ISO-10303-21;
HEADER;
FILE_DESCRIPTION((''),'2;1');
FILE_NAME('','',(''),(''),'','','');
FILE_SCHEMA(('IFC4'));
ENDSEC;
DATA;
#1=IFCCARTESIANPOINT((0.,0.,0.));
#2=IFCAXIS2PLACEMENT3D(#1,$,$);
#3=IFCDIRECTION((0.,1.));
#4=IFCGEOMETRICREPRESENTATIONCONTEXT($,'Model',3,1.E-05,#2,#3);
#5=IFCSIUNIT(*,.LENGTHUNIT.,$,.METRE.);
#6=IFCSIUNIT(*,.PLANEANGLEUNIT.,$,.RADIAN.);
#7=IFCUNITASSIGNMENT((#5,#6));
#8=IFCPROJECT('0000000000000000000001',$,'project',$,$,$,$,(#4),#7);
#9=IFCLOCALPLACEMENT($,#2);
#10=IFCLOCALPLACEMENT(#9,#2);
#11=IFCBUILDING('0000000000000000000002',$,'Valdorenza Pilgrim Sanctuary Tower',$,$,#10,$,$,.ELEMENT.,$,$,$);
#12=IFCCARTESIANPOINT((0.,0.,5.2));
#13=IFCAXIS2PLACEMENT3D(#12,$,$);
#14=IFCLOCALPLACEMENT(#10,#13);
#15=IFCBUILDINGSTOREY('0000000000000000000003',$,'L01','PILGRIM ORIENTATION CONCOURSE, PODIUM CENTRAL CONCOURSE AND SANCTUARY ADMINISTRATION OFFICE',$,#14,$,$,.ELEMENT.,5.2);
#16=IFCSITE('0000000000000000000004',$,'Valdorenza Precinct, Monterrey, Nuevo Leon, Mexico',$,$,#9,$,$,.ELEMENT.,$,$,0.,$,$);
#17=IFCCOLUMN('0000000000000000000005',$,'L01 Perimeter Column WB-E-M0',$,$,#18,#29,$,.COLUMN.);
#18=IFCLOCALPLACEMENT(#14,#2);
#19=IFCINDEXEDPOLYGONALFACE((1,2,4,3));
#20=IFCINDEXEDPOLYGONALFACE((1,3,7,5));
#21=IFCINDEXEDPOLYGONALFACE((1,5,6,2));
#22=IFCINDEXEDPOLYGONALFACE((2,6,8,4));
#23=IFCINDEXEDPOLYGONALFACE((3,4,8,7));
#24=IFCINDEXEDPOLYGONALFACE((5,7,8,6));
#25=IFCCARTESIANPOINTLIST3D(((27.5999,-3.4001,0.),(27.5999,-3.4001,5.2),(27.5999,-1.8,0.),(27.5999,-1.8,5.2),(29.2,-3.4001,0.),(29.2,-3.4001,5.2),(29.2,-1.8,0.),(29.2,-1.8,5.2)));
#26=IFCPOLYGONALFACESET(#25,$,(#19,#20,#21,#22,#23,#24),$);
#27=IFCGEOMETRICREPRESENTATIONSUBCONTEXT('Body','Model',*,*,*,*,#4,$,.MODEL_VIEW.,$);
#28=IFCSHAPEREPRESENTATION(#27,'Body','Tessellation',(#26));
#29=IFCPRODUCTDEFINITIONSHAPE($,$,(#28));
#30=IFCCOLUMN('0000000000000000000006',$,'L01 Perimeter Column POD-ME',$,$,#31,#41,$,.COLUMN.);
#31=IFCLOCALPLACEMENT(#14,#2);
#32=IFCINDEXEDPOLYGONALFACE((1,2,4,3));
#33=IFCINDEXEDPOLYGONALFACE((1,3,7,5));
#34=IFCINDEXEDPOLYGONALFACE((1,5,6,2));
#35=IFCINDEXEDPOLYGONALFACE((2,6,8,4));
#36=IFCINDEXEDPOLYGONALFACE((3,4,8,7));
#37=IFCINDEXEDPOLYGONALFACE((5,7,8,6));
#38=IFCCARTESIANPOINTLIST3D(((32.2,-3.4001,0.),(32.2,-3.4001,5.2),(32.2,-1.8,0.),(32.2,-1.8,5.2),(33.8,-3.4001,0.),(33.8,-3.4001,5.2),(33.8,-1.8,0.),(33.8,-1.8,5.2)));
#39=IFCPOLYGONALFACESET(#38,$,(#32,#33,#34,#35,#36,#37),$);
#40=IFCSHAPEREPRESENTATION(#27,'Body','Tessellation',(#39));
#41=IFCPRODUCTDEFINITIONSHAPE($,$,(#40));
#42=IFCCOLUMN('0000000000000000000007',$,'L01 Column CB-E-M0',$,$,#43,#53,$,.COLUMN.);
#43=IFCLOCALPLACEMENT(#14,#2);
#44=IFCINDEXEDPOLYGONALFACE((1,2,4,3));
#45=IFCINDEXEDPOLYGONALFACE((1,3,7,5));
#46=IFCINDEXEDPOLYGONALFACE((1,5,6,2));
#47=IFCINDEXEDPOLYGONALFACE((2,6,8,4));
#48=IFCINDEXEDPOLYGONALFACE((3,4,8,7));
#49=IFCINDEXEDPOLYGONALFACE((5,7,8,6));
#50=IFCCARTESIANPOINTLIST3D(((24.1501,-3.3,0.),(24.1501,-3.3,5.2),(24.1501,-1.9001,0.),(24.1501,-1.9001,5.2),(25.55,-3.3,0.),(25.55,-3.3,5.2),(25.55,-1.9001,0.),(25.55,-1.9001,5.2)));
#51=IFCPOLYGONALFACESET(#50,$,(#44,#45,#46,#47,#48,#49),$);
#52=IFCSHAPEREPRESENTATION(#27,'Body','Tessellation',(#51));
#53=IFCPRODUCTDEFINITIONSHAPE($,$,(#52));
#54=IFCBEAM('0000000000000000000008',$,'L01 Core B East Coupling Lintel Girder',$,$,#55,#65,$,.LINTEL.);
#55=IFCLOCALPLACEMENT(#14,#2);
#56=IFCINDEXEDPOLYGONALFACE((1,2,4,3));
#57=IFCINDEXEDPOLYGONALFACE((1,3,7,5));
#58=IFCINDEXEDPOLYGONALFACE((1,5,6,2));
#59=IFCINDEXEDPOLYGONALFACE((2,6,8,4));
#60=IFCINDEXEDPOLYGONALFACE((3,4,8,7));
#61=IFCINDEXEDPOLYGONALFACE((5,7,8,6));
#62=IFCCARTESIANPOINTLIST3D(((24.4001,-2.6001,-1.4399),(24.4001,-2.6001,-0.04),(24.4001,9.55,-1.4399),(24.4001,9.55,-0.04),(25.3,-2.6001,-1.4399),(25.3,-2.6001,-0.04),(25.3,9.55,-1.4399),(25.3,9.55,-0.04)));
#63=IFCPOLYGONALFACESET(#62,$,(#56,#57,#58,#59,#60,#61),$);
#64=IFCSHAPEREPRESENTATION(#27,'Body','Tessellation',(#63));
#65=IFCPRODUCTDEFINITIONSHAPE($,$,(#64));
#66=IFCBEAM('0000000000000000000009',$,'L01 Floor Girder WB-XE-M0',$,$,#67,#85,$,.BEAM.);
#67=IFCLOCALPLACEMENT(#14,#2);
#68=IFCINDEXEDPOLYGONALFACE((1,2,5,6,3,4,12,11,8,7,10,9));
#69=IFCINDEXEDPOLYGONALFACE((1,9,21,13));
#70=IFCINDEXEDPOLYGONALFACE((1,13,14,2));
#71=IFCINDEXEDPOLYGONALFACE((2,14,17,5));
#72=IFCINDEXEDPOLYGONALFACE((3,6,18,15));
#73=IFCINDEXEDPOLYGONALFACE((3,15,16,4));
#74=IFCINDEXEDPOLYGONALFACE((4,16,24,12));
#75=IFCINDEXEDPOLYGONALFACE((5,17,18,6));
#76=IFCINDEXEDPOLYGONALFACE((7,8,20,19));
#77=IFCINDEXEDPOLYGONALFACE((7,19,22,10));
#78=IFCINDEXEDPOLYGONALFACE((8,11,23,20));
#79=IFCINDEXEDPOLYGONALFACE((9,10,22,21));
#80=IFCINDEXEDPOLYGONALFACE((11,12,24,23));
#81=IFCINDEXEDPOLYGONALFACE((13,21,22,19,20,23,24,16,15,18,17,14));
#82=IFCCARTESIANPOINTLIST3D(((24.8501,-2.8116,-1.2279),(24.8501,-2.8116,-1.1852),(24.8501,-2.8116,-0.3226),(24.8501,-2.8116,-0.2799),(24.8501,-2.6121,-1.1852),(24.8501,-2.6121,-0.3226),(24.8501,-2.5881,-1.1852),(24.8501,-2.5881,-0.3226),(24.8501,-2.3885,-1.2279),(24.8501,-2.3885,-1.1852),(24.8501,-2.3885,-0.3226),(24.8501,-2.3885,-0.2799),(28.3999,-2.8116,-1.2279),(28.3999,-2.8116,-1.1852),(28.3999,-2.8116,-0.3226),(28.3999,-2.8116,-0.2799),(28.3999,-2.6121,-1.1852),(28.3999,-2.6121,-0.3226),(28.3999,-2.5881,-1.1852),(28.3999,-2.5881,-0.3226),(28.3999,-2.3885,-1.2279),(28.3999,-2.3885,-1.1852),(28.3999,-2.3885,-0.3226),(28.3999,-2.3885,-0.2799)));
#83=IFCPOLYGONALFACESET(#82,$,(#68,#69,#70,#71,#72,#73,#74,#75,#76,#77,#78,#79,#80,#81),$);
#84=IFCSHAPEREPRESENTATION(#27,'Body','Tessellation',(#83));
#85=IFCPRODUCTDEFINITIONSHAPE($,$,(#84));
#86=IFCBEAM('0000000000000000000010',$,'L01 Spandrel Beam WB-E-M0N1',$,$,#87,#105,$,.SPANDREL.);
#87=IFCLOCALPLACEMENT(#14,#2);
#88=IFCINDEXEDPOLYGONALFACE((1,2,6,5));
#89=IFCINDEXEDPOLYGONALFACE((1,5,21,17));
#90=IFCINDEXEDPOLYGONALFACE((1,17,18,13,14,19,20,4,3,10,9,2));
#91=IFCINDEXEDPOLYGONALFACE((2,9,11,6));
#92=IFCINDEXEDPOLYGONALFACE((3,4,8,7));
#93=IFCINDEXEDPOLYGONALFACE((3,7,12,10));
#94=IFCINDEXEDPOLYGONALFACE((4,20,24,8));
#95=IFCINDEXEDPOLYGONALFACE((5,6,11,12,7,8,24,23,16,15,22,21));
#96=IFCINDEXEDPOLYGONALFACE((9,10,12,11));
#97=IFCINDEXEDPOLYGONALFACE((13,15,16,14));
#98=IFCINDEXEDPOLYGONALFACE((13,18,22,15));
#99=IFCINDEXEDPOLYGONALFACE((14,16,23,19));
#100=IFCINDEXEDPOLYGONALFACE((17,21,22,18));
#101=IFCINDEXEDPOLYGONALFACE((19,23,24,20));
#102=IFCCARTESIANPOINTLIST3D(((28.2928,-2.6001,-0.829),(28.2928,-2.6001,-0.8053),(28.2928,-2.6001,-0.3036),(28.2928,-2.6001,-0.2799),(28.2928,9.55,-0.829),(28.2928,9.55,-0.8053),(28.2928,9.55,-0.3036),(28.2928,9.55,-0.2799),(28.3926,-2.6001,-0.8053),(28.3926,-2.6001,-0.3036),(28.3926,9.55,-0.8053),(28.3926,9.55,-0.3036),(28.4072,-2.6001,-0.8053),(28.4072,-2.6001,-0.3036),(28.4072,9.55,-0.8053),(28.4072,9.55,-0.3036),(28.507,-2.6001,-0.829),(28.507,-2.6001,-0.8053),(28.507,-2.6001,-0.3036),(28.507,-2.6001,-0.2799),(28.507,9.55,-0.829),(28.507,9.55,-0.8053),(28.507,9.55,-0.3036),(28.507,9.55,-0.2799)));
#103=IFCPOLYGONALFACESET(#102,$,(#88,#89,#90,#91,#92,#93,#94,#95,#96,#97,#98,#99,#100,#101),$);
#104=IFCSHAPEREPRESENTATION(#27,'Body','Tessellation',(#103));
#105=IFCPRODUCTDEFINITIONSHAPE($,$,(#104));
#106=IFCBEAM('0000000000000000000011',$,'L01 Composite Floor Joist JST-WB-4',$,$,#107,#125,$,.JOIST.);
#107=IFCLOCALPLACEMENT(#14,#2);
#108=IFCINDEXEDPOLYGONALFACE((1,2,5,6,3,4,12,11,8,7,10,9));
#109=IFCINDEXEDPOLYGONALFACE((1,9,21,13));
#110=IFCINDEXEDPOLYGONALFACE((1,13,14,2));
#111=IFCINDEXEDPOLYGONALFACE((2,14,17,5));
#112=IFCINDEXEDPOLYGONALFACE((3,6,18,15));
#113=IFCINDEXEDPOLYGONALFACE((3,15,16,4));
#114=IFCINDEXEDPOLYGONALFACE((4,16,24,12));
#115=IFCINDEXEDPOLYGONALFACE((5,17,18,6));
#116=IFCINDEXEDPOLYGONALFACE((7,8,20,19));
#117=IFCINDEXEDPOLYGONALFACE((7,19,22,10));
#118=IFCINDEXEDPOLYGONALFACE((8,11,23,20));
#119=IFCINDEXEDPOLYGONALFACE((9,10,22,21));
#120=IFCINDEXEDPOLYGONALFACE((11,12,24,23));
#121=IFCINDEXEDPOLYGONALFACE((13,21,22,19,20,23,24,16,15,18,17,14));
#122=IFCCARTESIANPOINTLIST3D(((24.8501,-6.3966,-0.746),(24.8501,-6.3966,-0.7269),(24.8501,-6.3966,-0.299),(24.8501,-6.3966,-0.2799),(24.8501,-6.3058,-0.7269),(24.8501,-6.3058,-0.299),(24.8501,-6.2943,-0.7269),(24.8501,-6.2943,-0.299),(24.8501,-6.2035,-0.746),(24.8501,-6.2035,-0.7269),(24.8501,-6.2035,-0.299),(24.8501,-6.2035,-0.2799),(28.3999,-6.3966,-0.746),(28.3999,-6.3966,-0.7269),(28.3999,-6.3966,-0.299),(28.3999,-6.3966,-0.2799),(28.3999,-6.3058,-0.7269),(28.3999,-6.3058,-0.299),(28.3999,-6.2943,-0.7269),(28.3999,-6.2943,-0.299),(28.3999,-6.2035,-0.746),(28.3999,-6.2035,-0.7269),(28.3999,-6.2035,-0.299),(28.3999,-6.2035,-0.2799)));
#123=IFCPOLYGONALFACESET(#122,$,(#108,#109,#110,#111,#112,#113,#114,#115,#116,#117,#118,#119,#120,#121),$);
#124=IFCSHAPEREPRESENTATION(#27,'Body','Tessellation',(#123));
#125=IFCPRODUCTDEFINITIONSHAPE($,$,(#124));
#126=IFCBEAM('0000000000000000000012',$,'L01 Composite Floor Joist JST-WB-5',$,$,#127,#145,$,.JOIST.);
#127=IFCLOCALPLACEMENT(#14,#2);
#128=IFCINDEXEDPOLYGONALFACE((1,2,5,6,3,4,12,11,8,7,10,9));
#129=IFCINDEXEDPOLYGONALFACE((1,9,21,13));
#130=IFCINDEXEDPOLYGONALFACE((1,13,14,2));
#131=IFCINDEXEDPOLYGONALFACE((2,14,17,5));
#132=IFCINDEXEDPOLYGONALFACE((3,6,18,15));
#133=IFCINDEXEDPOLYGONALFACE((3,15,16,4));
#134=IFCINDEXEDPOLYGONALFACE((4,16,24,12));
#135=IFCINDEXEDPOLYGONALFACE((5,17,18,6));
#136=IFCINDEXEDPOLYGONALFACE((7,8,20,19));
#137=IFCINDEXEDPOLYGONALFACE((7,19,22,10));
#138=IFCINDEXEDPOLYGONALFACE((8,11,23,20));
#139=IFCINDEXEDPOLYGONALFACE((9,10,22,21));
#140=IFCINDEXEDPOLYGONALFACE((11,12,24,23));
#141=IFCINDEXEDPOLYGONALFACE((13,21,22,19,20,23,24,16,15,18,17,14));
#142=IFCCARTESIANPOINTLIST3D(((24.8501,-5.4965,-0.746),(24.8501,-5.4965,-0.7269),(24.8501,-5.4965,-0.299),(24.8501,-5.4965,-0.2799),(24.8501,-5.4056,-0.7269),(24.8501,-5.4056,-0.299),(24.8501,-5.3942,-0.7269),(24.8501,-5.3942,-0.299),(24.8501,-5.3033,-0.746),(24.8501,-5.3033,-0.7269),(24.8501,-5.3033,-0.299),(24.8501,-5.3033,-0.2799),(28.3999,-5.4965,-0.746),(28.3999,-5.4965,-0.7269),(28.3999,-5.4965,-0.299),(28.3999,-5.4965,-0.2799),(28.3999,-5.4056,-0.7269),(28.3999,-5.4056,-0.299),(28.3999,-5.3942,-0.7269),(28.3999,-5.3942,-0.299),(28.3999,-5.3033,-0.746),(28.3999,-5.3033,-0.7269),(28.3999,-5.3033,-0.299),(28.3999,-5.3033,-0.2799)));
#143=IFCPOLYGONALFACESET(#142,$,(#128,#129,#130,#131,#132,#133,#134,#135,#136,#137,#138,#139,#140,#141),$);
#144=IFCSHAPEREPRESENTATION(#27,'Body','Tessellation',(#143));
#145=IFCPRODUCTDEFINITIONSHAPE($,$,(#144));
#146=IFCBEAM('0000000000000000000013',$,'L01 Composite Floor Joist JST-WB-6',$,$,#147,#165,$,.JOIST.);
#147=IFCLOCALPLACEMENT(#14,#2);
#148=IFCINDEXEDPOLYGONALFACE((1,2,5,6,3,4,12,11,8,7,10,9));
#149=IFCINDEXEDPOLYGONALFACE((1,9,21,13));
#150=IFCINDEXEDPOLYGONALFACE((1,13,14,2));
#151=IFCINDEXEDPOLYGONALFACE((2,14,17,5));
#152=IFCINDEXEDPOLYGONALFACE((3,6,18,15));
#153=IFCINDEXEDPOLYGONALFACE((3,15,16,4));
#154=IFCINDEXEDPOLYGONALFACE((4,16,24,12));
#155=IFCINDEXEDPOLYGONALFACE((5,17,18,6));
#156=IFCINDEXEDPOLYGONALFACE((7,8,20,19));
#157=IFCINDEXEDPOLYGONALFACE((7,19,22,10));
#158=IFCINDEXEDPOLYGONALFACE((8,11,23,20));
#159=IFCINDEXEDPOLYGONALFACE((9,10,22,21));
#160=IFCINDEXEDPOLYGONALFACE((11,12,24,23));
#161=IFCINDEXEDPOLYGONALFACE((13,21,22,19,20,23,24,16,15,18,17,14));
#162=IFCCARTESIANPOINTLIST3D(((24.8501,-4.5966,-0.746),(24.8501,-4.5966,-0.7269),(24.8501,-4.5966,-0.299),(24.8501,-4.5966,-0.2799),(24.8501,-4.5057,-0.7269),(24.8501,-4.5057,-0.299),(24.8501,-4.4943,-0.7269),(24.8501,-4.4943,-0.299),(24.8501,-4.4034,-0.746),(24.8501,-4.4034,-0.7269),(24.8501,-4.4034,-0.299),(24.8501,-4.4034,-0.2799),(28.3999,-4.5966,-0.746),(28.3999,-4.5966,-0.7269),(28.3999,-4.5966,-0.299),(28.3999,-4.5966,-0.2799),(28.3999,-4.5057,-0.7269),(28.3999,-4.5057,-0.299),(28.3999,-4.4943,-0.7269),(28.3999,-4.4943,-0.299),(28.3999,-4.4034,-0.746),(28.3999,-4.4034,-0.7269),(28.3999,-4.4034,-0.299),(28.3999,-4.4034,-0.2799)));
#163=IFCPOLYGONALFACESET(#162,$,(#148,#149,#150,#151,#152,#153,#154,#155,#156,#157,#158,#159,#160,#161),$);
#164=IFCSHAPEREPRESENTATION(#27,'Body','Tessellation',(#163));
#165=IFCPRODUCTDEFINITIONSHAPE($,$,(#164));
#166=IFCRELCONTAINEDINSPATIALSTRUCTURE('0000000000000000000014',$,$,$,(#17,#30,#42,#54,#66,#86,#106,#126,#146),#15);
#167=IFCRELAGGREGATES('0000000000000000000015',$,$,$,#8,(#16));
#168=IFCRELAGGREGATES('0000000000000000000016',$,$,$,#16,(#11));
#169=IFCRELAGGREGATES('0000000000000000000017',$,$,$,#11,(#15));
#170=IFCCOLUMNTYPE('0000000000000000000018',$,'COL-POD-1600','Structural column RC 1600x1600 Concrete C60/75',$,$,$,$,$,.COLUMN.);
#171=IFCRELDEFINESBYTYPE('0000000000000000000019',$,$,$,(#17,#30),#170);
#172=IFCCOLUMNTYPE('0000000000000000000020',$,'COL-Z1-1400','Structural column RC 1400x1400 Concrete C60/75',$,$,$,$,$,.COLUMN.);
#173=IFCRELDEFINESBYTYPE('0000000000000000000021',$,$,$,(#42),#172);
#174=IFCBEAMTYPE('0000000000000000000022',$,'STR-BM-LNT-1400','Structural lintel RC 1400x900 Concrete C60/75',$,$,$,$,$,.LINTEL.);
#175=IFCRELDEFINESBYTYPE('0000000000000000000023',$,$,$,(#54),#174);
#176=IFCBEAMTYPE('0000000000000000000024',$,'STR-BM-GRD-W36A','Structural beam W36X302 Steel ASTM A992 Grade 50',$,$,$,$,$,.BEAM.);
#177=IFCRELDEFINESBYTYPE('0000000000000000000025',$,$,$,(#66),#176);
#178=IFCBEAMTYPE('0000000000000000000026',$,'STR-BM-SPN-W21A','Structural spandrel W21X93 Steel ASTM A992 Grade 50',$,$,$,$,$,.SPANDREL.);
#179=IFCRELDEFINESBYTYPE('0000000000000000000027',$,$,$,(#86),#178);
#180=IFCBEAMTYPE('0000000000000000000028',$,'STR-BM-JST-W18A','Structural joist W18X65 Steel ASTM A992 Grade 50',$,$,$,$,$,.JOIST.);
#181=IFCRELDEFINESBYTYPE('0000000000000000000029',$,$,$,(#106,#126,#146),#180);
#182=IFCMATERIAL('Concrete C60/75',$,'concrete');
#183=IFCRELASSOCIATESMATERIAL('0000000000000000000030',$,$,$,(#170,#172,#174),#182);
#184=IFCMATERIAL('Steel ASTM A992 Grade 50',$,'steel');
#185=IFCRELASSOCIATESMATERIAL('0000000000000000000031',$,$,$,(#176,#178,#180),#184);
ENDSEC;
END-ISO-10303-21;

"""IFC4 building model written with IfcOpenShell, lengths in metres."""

from ifc_helpers import new_model, si_unit, direction, frame, origin, origin_2d, place, context, subcontext, project, spatial, rectangle, i_section, extrude, source, transform, mapped, material, material_profile, profile_set, type_object, element, save


model = new_model("IFC4")

# Units and contexts
model_context = context("Model", 3, precision=1e-05, world=origin(), true_north=direction((0.0, 1.0)))
body_context = subcontext(model_context, "Body", "Model", "MODEL_VIEW")
ifc_project = project(units=[si_unit("LENGTHUNIT", "METRE"), si_unit("PLANEANGLEUNIT", "RADIAN")], contexts=[model_context])

# Site, building, storey
site_placement = place(None, origin())
site = spatial("IfcSite", under=ifc_project, at=site_placement, Name="Valdorenza Precinct, Monterrey, Nuevo Leon, Mexico", CompositionType="ELEMENT", RefElevation=0.0)
building_placement = place(site_placement, origin())
building = spatial("IfcBuilding", under=site, at=building_placement, Name="Valdorenza Pilgrim Sanctuary Tower", CompositionType="ELEMENT")
storey_placement = place(building_placement, frame((0.0, 0.0, 5.2)))
storey = spatial("IfcBuildingStorey", under=building, at=storey_placement, Name="L01", Description="PILGRIM ORIENTATION CONCOURSE, PODIUM CENTRAL CONCOURSE AND SANCTUARY ADMINISTRATION OFFICE", CompositionType="ELEMENT", Elevation=5.2)

# Columns
ifc_material_1 = material(Name="Concrete C60/75", Category="concrete")
ifc_material_profile_1 = material_profile(ifc_material_1, rectangle(XDim=1.6001, YDim=1.6001, at=origin_2d()), Name="RC 1600x1600")
ifc_profile_set_1 = profile_set([ifc_material_profile_1], Name="Concrete C60/75")
column_type_1 = type_object("IfcColumnType", Name="COL-POD-1600", Description="Structural column RC 1600x1600 Concrete C60/75", PredefinedType="COLUMN", material=ifc_profile_set_1)
shared_shape_1 = source(origin(), body_context, "Body", "SweptSolid", [
    extrude(rectangle(XDim=1.6001, YDim=1.6001, at=origin_2d()), origin(), (0.0, 0.0, 1.0), 5.2),
])
for number, where, z_axis, x_axis, name in (
    (1, (28.3999, -2.6001, 0.0), (0.0, 0.0, 1.0), (1.0, 0.0, 0.0), "L01 Perimeter Column WB-E-M0"),
    (2, (33.0, -2.6001, 0.0), (0.0, 0.0, 1.0), (1.0, 0.0, 0.0), "L01 Perimeter Column POD-ME"),
):
    element("IfcColumn", number, at=place(storey_placement, frame(where, z_axis=z_axis, x_axis=x_axis)), inside=storey, type_object=column_type_1, Name=name, PredefinedType="COLUMN", context=body_context, shape_type="MappedRepresentation", body=[
        mapped(shared_shape_1, transform((0.0, 0.0, 0.0), x_axis=(1.0, 0.0, 0.0), y_axis=(0.0, 1.0, 0.0), z_axis=(0.0, 0.0, 1.0), scale=1.0)),
    ])
ifc_material_profile_2 = material_profile(ifc_material_1, rectangle(XDim=1.3999, YDim=1.3999, at=origin_2d()), Name="RC 1400x1400")
ifc_profile_set_2 = profile_set([ifc_material_profile_2], Name="Concrete C60/75")
column_type_2 = type_object("IfcColumnType", Name="COL-Z1-1400", Description="Structural column RC 1400x1400 Concrete C60/75", PredefinedType="COLUMN", material=ifc_profile_set_2)
shared_shape_2 = source(origin(), body_context, "Body", "SweptSolid", [
    extrude(rectangle(XDim=1.3999, YDim=1.3999, at=origin_2d()), origin(), (0.0, 0.0, 1.0), 5.2),
])
column_placement = place(storey_placement, frame((24.8501, -2.6001, 0.0), z_axis=(0.0, 0.0, 1.0), x_axis=(1.0, 0.0, 0.0)))
element("IfcColumn", 3, at=column_placement, inside=storey, type_object=column_type_2, Name="L01 Column CB-E-M0", PredefinedType="COLUMN", context=body_context, shape_type="MappedRepresentation", body=[
    mapped(shared_shape_2, transform((0.0, 0.0, 0.0), x_axis=(1.0, 0.0, 0.0), y_axis=(0.0, 1.0, 0.0), z_axis=(0.0, 0.0, 1.0), scale=1.0)),
])

# Beams
ifc_material_profile_3 = material_profile(ifc_material_1, rectangle(XDim=0.8999, YDim=1.3999, at=origin_2d()), Name="RC 1400x900")
ifc_profile_set_3 = profile_set([ifc_material_profile_3], Name="Concrete C60/75")
beam_type_1 = type_object("IfcBeamType", Name="STR-BM-LNT-1400", Description="Structural lintel RC 1400x900 Concrete C60/75", PredefinedType="LINTEL", material=ifc_profile_set_3)
shared_shape_3 = source(origin(), body_context, "Body", "SweptSolid", [
    extrude(rectangle(XDim=0.8999, YDim=1.3999, at=origin_2d()), origin(), (0.0, 0.0, 1.0), 12.1501),
])
beam_1_placement = place(storey_placement, frame((24.8501, -2.6001, -0.74), z_axis=(0.0, 1.0, 0.0), x_axis=(-1.0, 0.0, 0.0)))
element("IfcBeam", 4, at=beam_1_placement, inside=storey, type_object=beam_type_1, Name="L01 Core B East Coupling Lintel Girder", PredefinedType="LINTEL", context=body_context, shape_type="MappedRepresentation", body=[
    mapped(shared_shape_3, transform((0.0, 0.0, 0.0), x_axis=(1.0, 0.0, 0.0), y_axis=(0.0, 1.0, 0.0), z_axis=(0.0, 0.0, 1.0), scale=1.0)),
])
ifc_material_2 = material(Name="Steel ASTM A992 Grade 50", Category="steel")
ifc_material_profile_4 = material_profile(ifc_material_2, i_section(OverallWidth=0.4231, OverallDepth=0.948, WebThickness=0.0239, FlangeThickness=0.0427, at=origin_2d()), Name="W36X302")
ifc_profile_set_4 = profile_set([ifc_material_profile_4], Name="Steel ASTM A992 Grade 50")
beam_type_2 = type_object("IfcBeamType", Name="STR-BM-GRD-W36A", Description="Structural beam W36X302 Steel ASTM A992 Grade 50", PredefinedType="BEAM", material=ifc_profile_set_4)
shared_shape_4 = source(origin(), body_context, "Body", "SweptSolid", [
    extrude(i_section(OverallWidth=0.4231, OverallDepth=0.948, WebThickness=0.0239, FlangeThickness=0.0427, at=origin_2d()), origin(), (0.0, 0.0, 1.0), 3.5498),
])
beam_2_placement = place(storey_placement, frame((24.8501, -2.6001, -0.7539), z_axis=(1.0, 0.0, 0.0), x_axis=(0.0, 1.0, 0.0)))
element("IfcBeam", 5, at=beam_2_placement, inside=storey, type_object=beam_type_2, Name="L01 Floor Girder WB-XE-M0", PredefinedType="BEAM", context=body_context, shape_type="MappedRepresentation", body=[
    mapped(shared_shape_4, transform((0.0, 0.0, 0.0), x_axis=(1.0, 0.0, 0.0), y_axis=(0.0, 1.0, 0.0), z_axis=(0.0, 0.0, 1.0), scale=1.0)),
])
ifc_material_profile_5 = material_profile(ifc_material_2, i_section(OverallWidth=0.2141, OverallDepth=0.5491, WebThickness=0.0146, FlangeThickness=0.0237, at=origin_2d()), Name="W21X93")
ifc_profile_set_5 = profile_set([ifc_material_profile_5], Name="Steel ASTM A992 Grade 50")
beam_type_3 = type_object("IfcBeamType", Name="STR-BM-SPN-W21A", Description="Structural spandrel W21X93 Steel ASTM A992 Grade 50", PredefinedType="SPANDREL", material=ifc_profile_set_5)
shared_shape_5 = source(origin(), body_context, "Body", "SweptSolid", [
    extrude(i_section(OverallWidth=0.2141, OverallDepth=0.5491, WebThickness=0.0146, FlangeThickness=0.0237, at=origin_2d()), origin(), (0.0, 0.0, 1.0), 12.1501),
])
beam_3_placement = place(storey_placement, frame((28.3999, -2.6001, -0.5544), z_axis=(0.0, 1.0, 0.0), x_axis=(-1.0, 0.0, 0.0)))
element("IfcBeam", 6, at=beam_3_placement, inside=storey, type_object=beam_type_3, Name="L01 Spandrel Beam WB-E-M0N1", PredefinedType="SPANDREL", context=body_context, shape_type="MappedRepresentation", body=[
    mapped(shared_shape_5, transform((0.0, 0.0, 0.0), x_axis=(1.0, 0.0, 0.0), y_axis=(0.0, 1.0, 0.0), z_axis=(0.0, 0.0, 1.0), scale=1.0)),
])
ifc_material_profile_6 = material_profile(ifc_material_2, i_section(OverallWidth=0.1931, OverallDepth=0.4661, WebThickness=0.0115, FlangeThickness=0.019, at=origin_2d()), Name="W18X65")
ifc_profile_set_6 = profile_set([ifc_material_profile_6], Name="Steel ASTM A992 Grade 50")
beam_type_4 = type_object("IfcBeamType", Name="STR-BM-JST-W18A", Description="Structural joist W18X65 Steel ASTM A992 Grade 50", PredefinedType="JOIST", material=ifc_profile_set_6)
shared_shape_6 = source(origin(), body_context, "Body", "SweptSolid", [
    extrude(i_section(OverallWidth=0.1931, OverallDepth=0.4661, WebThickness=0.0115, FlangeThickness=0.019, at=origin_2d()), origin(), (0.0, 0.0, 1.0), 3.5498),
])
for number, where, z_axis, x_axis, name in (
    (7, (24.8501, -6.3, -0.5129), (1.0, 0.0, 0.0), (0.0, 1.0, 0.0), "L01 Composite Floor Joist JST-WB-4"),
    (8, (24.8501, -5.3999, -0.5129), (1.0, 0.0, 0.0), (0.0, 1.0, 0.0), "L01 Composite Floor Joist JST-WB-5"),
    (9, (24.8501, -4.5, -0.5129), (1.0, 0.0, 0.0), (0.0, 1.0, 0.0), "L01 Composite Floor Joist JST-WB-6"),
):
    element("IfcBeam", number, at=place(storey_placement, frame(where, z_axis=z_axis, x_axis=x_axis)), inside=storey, type_object=beam_type_4, Name=name, PredefinedType="JOIST", context=body_context, shape_type="MappedRepresentation", body=[
        mapped(shared_shape_6, transform((0.0, 0.0, 0.0), x_axis=(1.0, 0.0, 0.0), y_axis=(0.0, 1.0, 0.0), z_axis=(0.0, 0.0, 1.0), scale=1.0)),
    ])

save(model, "model.ifc")
